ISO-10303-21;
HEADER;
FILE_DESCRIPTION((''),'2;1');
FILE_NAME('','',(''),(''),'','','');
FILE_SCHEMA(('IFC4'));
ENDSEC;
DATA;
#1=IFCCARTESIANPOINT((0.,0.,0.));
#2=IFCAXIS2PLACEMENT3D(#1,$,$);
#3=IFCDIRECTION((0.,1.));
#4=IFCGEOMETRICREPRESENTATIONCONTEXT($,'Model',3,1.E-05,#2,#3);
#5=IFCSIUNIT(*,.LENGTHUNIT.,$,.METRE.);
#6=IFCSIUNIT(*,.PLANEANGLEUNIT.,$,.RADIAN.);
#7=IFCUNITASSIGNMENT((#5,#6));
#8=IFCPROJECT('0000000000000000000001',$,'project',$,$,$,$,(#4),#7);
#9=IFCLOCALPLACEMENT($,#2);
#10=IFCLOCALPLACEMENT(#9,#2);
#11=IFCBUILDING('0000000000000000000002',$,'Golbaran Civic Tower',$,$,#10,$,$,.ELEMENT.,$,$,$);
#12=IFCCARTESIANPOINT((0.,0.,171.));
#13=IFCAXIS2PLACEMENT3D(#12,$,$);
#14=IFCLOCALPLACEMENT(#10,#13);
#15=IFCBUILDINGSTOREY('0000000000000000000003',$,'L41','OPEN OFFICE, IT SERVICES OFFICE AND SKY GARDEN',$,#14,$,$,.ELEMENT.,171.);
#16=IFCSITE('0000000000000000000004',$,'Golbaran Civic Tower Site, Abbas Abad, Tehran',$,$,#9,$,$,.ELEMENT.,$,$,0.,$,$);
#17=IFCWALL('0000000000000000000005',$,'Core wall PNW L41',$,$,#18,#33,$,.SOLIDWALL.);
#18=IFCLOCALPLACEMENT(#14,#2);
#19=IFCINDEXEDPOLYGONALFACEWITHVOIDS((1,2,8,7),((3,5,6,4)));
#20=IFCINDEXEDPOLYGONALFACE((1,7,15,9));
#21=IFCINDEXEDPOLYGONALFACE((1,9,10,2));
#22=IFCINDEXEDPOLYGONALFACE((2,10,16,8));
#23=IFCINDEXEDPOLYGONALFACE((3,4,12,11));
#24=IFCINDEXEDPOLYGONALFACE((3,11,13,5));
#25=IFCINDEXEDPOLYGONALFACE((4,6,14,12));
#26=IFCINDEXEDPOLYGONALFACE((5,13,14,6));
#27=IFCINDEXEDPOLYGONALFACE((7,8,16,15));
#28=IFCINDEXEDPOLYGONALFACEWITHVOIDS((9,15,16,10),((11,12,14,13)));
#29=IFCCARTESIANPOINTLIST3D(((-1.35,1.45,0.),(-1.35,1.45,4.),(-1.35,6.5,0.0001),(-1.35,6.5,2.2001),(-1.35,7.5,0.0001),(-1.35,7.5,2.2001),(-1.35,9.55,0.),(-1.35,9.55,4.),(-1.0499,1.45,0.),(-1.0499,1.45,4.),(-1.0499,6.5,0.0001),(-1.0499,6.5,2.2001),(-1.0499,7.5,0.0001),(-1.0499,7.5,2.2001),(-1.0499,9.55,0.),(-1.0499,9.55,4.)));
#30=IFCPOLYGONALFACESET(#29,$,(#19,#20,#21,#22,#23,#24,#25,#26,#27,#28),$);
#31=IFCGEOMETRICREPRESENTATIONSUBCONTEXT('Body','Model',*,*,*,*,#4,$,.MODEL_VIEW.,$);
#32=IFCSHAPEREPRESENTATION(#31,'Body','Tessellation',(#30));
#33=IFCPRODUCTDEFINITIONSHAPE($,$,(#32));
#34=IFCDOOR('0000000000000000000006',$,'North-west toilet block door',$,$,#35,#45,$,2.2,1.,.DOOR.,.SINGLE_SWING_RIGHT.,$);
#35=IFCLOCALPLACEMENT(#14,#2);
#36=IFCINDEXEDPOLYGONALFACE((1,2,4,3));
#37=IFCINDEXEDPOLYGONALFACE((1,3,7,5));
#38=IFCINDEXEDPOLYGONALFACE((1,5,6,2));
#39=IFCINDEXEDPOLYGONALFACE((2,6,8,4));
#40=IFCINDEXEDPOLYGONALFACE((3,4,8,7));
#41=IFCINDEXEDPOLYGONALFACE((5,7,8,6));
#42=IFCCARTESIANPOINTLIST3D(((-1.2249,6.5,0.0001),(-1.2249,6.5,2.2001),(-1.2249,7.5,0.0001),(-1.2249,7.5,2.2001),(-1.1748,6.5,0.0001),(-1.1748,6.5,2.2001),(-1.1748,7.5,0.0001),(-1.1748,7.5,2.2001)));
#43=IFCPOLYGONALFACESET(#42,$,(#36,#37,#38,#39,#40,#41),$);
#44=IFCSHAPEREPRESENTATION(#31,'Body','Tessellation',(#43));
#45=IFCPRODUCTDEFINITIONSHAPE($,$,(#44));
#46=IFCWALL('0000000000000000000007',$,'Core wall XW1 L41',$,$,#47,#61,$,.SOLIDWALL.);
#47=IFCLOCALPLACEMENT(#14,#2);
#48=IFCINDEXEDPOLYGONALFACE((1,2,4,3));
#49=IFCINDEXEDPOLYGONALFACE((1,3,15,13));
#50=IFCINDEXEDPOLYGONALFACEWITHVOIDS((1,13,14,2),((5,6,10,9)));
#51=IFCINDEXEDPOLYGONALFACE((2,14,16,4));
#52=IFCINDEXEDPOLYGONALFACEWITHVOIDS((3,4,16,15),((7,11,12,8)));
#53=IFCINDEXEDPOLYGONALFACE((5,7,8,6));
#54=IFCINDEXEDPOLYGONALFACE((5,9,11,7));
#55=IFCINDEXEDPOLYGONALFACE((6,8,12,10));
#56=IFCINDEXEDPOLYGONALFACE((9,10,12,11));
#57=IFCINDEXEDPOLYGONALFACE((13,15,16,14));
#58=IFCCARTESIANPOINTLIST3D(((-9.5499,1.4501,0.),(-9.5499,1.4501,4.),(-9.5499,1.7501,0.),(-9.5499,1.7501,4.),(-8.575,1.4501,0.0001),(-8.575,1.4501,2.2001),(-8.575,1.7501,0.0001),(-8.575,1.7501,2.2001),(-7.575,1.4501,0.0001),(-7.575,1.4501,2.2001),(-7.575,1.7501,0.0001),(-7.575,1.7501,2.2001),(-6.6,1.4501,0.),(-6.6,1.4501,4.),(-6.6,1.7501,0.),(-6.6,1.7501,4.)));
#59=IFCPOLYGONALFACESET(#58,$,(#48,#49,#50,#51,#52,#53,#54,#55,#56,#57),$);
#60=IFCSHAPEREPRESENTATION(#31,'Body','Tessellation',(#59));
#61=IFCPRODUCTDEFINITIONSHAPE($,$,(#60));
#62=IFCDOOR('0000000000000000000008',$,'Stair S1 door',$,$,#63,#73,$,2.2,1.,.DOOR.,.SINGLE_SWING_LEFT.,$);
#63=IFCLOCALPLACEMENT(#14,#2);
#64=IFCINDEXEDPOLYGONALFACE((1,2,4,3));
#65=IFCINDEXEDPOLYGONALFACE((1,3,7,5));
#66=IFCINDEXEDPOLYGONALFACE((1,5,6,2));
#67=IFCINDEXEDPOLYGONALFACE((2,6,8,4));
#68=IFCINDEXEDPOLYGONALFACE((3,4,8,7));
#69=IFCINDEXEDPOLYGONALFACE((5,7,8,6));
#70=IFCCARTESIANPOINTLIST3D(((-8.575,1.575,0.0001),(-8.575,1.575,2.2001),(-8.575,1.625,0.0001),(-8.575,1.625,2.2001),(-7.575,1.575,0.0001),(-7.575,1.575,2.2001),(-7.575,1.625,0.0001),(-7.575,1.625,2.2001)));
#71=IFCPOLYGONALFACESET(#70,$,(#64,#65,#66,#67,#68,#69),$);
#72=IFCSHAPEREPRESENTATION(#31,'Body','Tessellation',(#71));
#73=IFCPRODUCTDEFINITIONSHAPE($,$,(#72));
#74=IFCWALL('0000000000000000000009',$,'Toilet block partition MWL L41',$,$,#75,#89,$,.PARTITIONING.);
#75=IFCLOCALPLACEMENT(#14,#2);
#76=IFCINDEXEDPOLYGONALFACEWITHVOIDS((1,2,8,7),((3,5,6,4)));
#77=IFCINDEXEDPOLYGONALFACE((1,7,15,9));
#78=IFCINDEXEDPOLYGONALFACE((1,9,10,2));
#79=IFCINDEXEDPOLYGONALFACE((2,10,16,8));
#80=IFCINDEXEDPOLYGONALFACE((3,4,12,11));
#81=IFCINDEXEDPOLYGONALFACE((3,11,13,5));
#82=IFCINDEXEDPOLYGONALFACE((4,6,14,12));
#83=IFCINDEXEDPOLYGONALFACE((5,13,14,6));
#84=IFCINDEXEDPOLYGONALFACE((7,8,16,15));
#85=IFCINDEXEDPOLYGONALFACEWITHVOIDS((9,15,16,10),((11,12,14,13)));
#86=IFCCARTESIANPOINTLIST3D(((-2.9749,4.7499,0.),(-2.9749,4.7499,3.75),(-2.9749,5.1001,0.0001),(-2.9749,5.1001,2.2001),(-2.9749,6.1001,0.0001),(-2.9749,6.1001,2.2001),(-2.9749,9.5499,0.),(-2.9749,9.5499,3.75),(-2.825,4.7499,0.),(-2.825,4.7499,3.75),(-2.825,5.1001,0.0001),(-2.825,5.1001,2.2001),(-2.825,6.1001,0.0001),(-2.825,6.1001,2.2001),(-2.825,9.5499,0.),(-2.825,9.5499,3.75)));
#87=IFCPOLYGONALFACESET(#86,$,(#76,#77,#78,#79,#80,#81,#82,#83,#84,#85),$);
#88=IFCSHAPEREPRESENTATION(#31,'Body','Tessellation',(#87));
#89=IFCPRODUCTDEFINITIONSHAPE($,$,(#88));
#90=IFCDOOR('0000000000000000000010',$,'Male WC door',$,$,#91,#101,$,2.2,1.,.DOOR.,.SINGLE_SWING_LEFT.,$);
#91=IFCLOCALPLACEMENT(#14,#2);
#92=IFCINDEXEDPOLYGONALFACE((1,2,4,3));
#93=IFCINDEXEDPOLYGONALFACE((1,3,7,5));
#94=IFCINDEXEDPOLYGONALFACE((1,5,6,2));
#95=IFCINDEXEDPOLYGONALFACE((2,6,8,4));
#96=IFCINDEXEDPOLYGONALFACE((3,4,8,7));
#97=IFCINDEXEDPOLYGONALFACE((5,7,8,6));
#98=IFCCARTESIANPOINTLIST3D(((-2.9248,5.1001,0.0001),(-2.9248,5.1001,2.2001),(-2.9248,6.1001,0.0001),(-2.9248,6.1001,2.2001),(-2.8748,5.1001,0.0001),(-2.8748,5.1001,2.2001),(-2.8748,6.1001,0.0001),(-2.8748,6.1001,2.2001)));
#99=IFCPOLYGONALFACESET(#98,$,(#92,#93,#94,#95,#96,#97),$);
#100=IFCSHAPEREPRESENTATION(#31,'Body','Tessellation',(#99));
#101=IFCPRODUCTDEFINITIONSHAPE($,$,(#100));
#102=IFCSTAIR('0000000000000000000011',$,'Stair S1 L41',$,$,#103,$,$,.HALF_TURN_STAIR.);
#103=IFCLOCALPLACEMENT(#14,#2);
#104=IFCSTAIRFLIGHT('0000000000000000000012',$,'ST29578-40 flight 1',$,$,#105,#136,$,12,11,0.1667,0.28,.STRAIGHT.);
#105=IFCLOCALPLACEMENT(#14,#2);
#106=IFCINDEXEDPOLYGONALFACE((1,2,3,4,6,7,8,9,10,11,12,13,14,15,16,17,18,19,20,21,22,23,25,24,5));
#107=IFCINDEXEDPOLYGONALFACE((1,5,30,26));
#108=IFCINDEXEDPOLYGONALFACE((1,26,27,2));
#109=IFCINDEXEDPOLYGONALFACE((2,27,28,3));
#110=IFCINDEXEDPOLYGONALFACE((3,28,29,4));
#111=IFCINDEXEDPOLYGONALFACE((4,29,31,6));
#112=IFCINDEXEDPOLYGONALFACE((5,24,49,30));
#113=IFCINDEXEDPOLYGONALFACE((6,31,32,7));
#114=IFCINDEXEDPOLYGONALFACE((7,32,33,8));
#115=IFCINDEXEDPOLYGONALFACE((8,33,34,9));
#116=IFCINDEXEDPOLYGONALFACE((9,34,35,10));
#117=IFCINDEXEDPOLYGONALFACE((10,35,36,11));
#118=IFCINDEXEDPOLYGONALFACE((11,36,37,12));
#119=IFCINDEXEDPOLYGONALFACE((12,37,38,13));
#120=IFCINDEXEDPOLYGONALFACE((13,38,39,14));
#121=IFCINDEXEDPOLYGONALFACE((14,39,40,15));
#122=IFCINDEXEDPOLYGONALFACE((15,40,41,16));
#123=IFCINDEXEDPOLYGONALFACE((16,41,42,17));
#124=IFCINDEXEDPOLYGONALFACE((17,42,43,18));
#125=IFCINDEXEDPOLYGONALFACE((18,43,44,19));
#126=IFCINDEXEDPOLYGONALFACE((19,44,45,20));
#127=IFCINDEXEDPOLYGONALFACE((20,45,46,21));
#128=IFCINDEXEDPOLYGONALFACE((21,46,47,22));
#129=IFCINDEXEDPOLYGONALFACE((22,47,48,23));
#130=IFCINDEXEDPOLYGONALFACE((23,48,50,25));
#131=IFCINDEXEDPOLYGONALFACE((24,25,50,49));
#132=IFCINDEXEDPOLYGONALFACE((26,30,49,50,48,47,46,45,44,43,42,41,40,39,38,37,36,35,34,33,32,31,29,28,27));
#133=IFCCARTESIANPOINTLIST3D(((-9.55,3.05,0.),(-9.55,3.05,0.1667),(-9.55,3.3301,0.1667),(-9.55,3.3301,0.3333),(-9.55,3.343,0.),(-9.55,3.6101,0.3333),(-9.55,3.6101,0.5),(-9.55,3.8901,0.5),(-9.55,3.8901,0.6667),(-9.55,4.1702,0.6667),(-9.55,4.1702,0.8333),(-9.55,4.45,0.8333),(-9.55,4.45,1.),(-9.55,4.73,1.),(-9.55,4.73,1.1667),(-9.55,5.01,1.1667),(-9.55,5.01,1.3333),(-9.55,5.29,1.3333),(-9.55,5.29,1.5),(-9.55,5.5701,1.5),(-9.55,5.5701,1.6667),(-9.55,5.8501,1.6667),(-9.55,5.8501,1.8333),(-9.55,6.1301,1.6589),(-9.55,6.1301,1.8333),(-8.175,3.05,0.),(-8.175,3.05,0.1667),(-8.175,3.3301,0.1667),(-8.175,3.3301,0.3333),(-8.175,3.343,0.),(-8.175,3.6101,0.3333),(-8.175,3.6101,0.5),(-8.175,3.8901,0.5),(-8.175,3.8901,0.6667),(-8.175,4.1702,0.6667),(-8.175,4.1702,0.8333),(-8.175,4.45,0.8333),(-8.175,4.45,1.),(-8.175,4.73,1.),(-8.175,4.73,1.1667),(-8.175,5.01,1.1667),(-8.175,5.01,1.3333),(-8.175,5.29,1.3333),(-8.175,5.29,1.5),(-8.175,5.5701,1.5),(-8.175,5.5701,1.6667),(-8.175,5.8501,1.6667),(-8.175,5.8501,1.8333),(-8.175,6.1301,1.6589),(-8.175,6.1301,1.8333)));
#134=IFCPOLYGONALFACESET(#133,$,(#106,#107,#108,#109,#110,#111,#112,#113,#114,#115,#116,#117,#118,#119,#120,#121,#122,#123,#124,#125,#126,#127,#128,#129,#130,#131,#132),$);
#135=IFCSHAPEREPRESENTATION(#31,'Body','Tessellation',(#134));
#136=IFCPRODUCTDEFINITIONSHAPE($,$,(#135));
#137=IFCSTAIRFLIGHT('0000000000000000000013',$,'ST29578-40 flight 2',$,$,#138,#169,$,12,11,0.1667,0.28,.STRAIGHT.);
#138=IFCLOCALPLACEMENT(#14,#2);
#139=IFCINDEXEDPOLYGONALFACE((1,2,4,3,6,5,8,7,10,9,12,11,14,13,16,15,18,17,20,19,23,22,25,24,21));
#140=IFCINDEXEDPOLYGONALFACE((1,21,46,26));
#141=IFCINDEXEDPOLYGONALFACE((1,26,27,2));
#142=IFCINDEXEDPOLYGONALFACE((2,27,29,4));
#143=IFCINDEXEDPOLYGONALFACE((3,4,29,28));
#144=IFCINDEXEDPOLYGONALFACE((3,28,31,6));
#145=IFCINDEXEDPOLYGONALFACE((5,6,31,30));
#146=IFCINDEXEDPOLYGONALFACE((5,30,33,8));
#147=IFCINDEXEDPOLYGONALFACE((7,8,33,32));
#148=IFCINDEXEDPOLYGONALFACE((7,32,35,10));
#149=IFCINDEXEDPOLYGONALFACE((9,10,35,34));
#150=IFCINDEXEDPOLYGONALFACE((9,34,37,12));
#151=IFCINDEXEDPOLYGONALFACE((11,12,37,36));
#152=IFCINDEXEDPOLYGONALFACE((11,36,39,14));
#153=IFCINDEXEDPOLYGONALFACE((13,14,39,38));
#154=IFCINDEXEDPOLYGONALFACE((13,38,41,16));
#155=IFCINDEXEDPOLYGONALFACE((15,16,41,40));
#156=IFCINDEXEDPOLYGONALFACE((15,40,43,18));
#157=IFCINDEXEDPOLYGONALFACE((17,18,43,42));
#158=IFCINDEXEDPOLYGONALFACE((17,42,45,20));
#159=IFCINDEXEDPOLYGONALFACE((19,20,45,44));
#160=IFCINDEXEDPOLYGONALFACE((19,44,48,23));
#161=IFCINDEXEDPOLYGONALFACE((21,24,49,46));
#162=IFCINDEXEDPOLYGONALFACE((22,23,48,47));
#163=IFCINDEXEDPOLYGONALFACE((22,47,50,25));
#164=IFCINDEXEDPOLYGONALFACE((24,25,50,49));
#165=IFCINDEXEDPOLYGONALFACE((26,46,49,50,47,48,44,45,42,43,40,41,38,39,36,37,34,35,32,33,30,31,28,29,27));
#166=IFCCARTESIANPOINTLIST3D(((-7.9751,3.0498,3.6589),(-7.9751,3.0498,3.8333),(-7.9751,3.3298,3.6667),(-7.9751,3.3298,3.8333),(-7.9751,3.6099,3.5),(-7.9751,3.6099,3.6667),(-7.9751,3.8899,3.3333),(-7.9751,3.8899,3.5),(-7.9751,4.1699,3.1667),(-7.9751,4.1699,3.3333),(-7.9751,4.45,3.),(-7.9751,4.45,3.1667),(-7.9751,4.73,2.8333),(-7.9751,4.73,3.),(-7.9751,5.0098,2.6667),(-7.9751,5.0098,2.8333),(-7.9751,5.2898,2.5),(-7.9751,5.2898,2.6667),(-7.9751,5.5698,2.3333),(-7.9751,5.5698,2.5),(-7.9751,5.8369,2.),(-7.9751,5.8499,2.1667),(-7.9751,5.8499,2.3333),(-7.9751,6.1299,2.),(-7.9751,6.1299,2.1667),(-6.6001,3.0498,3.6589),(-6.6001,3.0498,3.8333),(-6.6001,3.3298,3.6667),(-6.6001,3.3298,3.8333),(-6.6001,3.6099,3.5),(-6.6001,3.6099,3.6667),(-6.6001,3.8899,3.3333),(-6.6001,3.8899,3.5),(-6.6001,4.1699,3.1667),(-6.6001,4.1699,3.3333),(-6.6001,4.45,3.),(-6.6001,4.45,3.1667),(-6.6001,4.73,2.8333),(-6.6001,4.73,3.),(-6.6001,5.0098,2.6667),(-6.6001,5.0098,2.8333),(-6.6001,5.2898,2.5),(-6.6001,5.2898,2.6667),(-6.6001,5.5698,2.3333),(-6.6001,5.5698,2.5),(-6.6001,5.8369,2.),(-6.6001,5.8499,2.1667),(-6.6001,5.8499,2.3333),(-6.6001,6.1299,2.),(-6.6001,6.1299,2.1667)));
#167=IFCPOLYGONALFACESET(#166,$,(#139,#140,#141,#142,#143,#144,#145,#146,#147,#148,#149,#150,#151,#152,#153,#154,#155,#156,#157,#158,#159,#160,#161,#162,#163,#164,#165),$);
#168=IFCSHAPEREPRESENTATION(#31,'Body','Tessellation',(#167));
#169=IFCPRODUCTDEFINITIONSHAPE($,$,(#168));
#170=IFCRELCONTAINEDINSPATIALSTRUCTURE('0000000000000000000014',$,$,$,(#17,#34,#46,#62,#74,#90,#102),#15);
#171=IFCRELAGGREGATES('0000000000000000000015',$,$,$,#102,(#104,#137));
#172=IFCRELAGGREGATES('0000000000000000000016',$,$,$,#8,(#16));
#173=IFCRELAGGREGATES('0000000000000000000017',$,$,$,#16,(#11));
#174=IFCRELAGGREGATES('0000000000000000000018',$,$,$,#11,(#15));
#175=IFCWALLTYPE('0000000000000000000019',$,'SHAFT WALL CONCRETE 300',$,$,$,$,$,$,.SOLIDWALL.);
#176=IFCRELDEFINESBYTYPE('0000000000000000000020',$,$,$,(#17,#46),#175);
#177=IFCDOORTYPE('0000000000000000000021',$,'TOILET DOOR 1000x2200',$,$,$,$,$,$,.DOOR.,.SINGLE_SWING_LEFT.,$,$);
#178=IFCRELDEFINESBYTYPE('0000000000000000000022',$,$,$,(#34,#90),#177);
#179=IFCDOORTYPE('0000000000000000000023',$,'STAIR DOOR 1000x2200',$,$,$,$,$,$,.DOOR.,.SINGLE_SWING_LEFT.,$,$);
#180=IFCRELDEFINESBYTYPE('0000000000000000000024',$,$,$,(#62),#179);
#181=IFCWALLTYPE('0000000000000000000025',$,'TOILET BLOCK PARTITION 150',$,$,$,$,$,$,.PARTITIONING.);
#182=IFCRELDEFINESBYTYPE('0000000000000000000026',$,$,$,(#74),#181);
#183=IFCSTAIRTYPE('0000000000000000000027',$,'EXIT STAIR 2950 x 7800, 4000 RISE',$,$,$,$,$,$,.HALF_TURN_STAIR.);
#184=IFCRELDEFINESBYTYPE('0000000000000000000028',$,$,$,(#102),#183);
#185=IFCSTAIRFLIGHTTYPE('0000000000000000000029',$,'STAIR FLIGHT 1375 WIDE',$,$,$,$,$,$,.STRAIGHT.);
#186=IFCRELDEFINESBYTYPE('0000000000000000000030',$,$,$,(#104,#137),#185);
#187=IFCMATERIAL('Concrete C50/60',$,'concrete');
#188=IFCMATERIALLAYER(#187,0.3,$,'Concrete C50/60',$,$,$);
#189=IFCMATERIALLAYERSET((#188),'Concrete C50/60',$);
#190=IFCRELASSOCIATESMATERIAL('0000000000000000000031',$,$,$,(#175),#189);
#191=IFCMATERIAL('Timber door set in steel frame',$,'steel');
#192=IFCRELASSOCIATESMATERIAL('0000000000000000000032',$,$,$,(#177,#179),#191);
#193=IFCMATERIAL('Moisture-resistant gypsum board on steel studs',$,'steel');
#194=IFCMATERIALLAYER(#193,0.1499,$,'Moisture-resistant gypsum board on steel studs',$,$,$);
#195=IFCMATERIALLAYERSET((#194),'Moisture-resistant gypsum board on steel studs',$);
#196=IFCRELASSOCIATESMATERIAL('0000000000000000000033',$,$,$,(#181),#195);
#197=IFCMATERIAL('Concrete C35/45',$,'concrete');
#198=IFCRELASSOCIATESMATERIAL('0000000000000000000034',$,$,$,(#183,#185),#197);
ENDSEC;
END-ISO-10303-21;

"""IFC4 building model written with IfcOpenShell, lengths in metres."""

from ifc_helpers import new_model, si_unit, direction, frame, frame_2d, origin, place, context, subcontext, project, spatial, polyline, rectangle, outline, extrude, material, layer, layer_set, type_object, element, fill, aggregate, save


model = new_model("IFC4")

# Units and contexts
model_context = context("Model", 3, precision=1e-05, world=origin(), true_north=direction((0.0, 1.0)))
body_context = subcontext(model_context, "Body", "Model", "MODEL_VIEW")
ifc_project = project(units=[si_unit("LENGTHUNIT", "METRE"), si_unit("PLANEANGLEUNIT", "RADIAN")], contexts=[model_context])

# Site, building, storey
site_placement = place(None, origin())
site = spatial("IfcSite", under=ifc_project, at=site_placement, Name="Golbaran Civic Tower Site, Abbas Abad, Tehran", CompositionType="ELEMENT", RefElevation=0.0)
building_placement = place(site_placement, origin())
building = spatial("IfcBuilding", under=site, at=building_placement, Name="Golbaran Civic Tower", CompositionType="ELEMENT")
storey_placement = place(building_placement, frame((0.0, 0.0, 171.0)))
storey = spatial("IfcBuildingStorey", under=building, at=storey_placement, Name="L41", Description="OPEN OFFICE, IT SERVICES OFFICE AND SKY GARDEN", CompositionType="ELEMENT", Elevation=171.0)

# Shared definitions
ifc_material_1 = material(Name="Timber door set in steel frame", Category="steel")

# Shared definitions
ifc_material_2 = material(Name="Concrete C50/60", Category="concrete")
ifc_layer_1 = layer(ifc_material_2, 0.3, Name="Concrete C50/60")
ifc_layer_set_1 = layer_set([ifc_layer_1], Name="Concrete C50/60")
wall_type_1 = type_object("IfcWallType", Name="SHAFT WALL CONCRETE 300", PredefinedType="SOLIDWALL", material=ifc_layer_set_1)

# Walls, openings, doors
wall_1_placement = place(storey_placement, frame((-1.2, 1.45, 0.0), z_axis=(0.0, 0.0, 1.0), x_axis=(0.0, 1.0, 0.0)))
wall_1 = element("IfcWall", 1, at=wall_1_placement, inside=storey, type_object=wall_type_1, Name="Core wall PNW L41", PredefinedType="SOLIDWALL", context=body_context, shape_type="SweptSolid", body=[
    extrude(rectangle(XDim=8.1001, YDim=0.3, at=frame_2d((4.05, 0.0))), origin(), (0.0, 0.0, 1.0), 4.0),
])
opening_1_placement = place(wall_1_placement, frame((5.05, 0.0, 0.0)))
opening_1 = element("IfcOpeningElement", 2, at=opening_1_placement, cuts=wall_1, PredefinedType="OPENING", context=body_context, shape_type="SweptSolid", body=[
    extrude(rectangle(XDim=1.0, YDim=2.2, at=frame_2d((0.5, 1.1001))), frame((0.0, 0.1599, 0.0), z_axis=(0.0, -1.0, 0.0), x_axis=(1.0, 0.0, 0.0)), (0.0, 0.0, 1.0), 0.3201),
])
door_type_1 = type_object("IfcDoorType", Name="TOILET DOOR 1000x2200", OperationType="SINGLE_SWING_LEFT", PredefinedType="DOOR", material=ifc_material_1)
door_1_placement = place(opening_1_placement, origin())
door_1 = element("IfcDoor", 3, at=door_1_placement, inside=storey, type_object=door_type_1, Name="North-west toilet block door", OperationType="SINGLE_SWING_RIGHT", OverallHeight=2.2, OverallWidth=1.0, PredefinedType="DOOR", context=body_context, shape_type="SweptSolid", body=[
    extrude(rectangle(XDim=1.0, YDim=2.2, at=frame_2d((0.5, 1.1001))), frame((0.0, 0.0249, 0.0), z_axis=(0.0, -1.0, 0.0), x_axis=(1.0, 0.0, 0.0)), (0.0, 0.0, 1.0), 0.05),
])
fill(opening_1, door_1)
wall_2_placement = place(storey_placement, frame((-9.55, 1.6001, 0.0), z_axis=(0.0, 0.0, 1.0), x_axis=(1.0, 0.0, 0.0)))
wall_2 = element("IfcWall", 4, at=wall_2_placement, inside=storey, type_object=wall_type_1, Name="Core wall XW1 L41", PredefinedType="SOLIDWALL", context=body_context, shape_type="SweptSolid", body=[
    extrude(rectangle(XDim=2.95, YDim=0.3, at=frame_2d((1.4751, 0.0))), origin(), (0.0, 0.0, 1.0), 4.0),
])
opening_2_placement = place(wall_2_placement, frame((0.9751, 0.0, 0.0)))
opening_2 = element("IfcOpeningElement", 5, at=opening_2_placement, cuts=wall_2, PredefinedType="OPENING", context=body_context, shape_type="SweptSolid", body=[
    extrude(rectangle(XDim=1.0, YDim=2.2, at=frame_2d((0.5, 1.1001))), frame((0.0, 0.1599, 0.0), z_axis=(0.0, -1.0, 0.0), x_axis=(1.0, 0.0, 0.0)), (0.0, 0.0, 1.0), 0.3201),
])
door_type_2 = type_object("IfcDoorType", Name="STAIR DOOR 1000x2200", OperationType="SINGLE_SWING_LEFT", PredefinedType="DOOR", material=ifc_material_1)
door_2_placement = place(opening_2_placement, origin())
door_2 = element("IfcDoor", 6, at=door_2_placement, inside=storey, type_object=door_type_2, Name="Stair S1 door", OperationType="SINGLE_SWING_LEFT", OverallHeight=2.2, OverallWidth=1.0, PredefinedType="DOOR", context=body_context, shape_type="SweptSolid", body=[
    extrude(rectangle(XDim=1.0, YDim=2.2, at=frame_2d((0.5, 1.1001))), frame((0.0, 0.0249, 0.0), z_axis=(0.0, -1.0, 0.0), x_axis=(1.0, 0.0, 0.0)), (0.0, 0.0, 1.0), 0.05),
])
fill(opening_2, door_2)
ifc_material_3 = material(Name="Moisture-resistant gypsum board on steel studs", Category="steel")
ifc_layer_2 = layer(ifc_material_3, 0.1499, Name="Moisture-resistant gypsum board on steel studs")
ifc_layer_set_2 = layer_set([ifc_layer_2], Name="Moisture-resistant gypsum board on steel studs")
wall_type_2 = type_object("IfcWallType", Name="TOILET BLOCK PARTITION 150", PredefinedType="PARTITIONING", material=ifc_layer_set_2)
wall_3_placement = place(storey_placement, frame((-2.8999, 4.75, 0.0), z_axis=(0.0, 0.0, 1.0), x_axis=(0.0, 1.0, 0.0)))
wall_3 = element("IfcWall", 7, at=wall_3_placement, inside=storey, type_object=wall_type_2, Name="Toilet block partition MWL L41", PredefinedType="PARTITIONING", context=body_context, shape_type="SweptSolid", body=[
    extrude(rectangle(XDim=4.8, YDim=0.1499, at=frame_2d((2.3999, 0.0))), origin(), (0.0, 0.0, 1.0), 3.75),
])
opening_3_placement = place(wall_3_placement, frame((0.3501, 0.0, 0.0)))
opening_3 = element("IfcOpeningElement", 8, at=opening_3_placement, cuts=wall_3, PredefinedType="OPENING", context=body_context, shape_type="SweptSolid", body=[
    extrude(rectangle(XDim=1.0, YDim=2.2, at=frame_2d((0.5, 1.1001))), frame((0.0, 0.085, 0.0), z_axis=(0.0, -1.0, 0.0), x_axis=(1.0, 0.0, 0.0)), (0.0, 0.0, 1.0), 0.1699),
])
door_3_placement = place(opening_3_placement, origin())
door_3 = element("IfcDoor", 9, at=door_3_placement, inside=storey, type_object=door_type_1, Name="Male WC door", OperationType="SINGLE_SWING_LEFT", OverallHeight=2.2, OverallWidth=1.0, PredefinedType="DOOR", context=body_context, shape_type="SweptSolid", body=[
    extrude(rectangle(XDim=1.0, YDim=2.2, at=frame_2d((0.5, 1.1001))), frame((0.0, 0.0249, 0.0), z_axis=(0.0, -1.0, 0.0), x_axis=(1.0, 0.0, 0.0)), (0.0, 0.0, 1.0), 0.05),
])
fill(opening_3, door_3)

# Stair, stair flights
ifc_material_4 = material(Name="Concrete C35/45", Category="concrete")
stair_type = type_object("IfcStairType", Name="EXIT STAIR 2950 x 7800, 4000 RISE", PredefinedType="HALF_TURN_STAIR", material=ifc_material_4)
stair_placement = place(storey_placement, origin())
stair = element("IfcStair", 10, at=stair_placement, inside=storey, type_object=stair_type, Name="Stair S1 L41", PredefinedType="HALF_TURN_STAIR")
stair_flight_type = type_object("IfcStairFlightType", Name="STAIR FLIGHT 1375 WIDE", PredefinedType="STRAIGHT", material=ifc_material_4)
stair_flight_1_placement = place(storey_placement, frame((-8.8625, 3.05, 0.0), z_axis=(0.0, 0.0, 1.0), x_axis=(0.0, 1.0, 0.0)))
stair_flight_1 = element("IfcStairFlight", 11, at=stair_flight_1_placement, type_object=stair_flight_type, Name="ST29578-40 flight 1", NumberOfRisers=12, NumberOfTreads=11, PredefinedType="STRAIGHT", RiserHeight=0.1667, TreadLength=0.28, context=body_context, shape_type="SweptSolid", body=[
    extrude(outline(polyline([(0.0, 0.0), (0.0, 0.1667), (0.28, 0.1667), (0.28, 0.3333), (0.5601, 0.3333), (0.5601, 0.5), (0.8401, 0.5), (0.8401, 0.6667), (1.1201, 0.6667), (1.1201, 0.8333), (1.3999, 0.8333), (1.3999, 1.0), (1.6799, 1.0), (1.6799, 1.1667), (1.96, 1.1667), (1.96, 1.3333), (2.24, 1.3333), (2.24, 1.5), (2.52, 1.5), (2.52, 1.6667), (2.8, 1.6667), (2.8, 1.8333), (3.0801, 1.8333), (3.0801, 2.0), (3.0801, 1.6589), (0.293, 0.0), (0.0, 0.0)])), frame((0.0, 0.6875, 0.0), z_axis=(0.0, -1.0, 0.0), x_axis=(1.0, 0.0, 0.0)), (0.0, 0.0, 1.0), 1.375),
])
stair_flight_2_placement = place(storey_placement, frame((-7.2876, 6.1299, 2.0), z_axis=(0.0, 0.0, 1.0), x_axis=(0.0, -1.0, 0.0)))
stair_flight_2 = element("IfcStairFlight", 12, at=stair_flight_2_placement, type_object=stair_flight_type, Name="ST29578-40 flight 2", NumberOfRisers=12, NumberOfTreads=11, PredefinedType="STRAIGHT", RiserHeight=0.1667, TreadLength=0.28, context=body_context, shape_type="SweptSolid", body=[
    extrude(outline(polyline([(0.0, 0.0), (0.0, 0.1667), (0.28, 0.1667), (0.28, 0.3333), (0.5601, 0.3333), (0.5601, 0.5), (0.8401, 0.5), (0.8401, 0.6667), (1.1201, 0.6667), (1.1201, 0.8333), (1.3999, 0.8333), (1.3999, 1.0), (1.6799, 1.0), (1.6799, 1.1667), (1.96, 1.1667), (1.96, 1.3333), (2.24, 1.3333), (2.24, 1.5), (2.52, 1.5), (2.52, 1.6667), (2.8, 1.6667), (2.8, 1.8333), (3.0801, 1.8333), (3.0801, 2.0), (3.0801, 1.6589), (0.293, 0.0), (0.0, 0.0)])), frame((0.0, 0.6875, 0.0), z_axis=(0.0, -1.0, 0.0), x_axis=(1.0, 0.0, 0.0)), (0.0, 0.0, 1.0), 1.375),
])
aggregate(stair, [stair_flight_1, stair_flight_2])

save(model, "model.ifc")
